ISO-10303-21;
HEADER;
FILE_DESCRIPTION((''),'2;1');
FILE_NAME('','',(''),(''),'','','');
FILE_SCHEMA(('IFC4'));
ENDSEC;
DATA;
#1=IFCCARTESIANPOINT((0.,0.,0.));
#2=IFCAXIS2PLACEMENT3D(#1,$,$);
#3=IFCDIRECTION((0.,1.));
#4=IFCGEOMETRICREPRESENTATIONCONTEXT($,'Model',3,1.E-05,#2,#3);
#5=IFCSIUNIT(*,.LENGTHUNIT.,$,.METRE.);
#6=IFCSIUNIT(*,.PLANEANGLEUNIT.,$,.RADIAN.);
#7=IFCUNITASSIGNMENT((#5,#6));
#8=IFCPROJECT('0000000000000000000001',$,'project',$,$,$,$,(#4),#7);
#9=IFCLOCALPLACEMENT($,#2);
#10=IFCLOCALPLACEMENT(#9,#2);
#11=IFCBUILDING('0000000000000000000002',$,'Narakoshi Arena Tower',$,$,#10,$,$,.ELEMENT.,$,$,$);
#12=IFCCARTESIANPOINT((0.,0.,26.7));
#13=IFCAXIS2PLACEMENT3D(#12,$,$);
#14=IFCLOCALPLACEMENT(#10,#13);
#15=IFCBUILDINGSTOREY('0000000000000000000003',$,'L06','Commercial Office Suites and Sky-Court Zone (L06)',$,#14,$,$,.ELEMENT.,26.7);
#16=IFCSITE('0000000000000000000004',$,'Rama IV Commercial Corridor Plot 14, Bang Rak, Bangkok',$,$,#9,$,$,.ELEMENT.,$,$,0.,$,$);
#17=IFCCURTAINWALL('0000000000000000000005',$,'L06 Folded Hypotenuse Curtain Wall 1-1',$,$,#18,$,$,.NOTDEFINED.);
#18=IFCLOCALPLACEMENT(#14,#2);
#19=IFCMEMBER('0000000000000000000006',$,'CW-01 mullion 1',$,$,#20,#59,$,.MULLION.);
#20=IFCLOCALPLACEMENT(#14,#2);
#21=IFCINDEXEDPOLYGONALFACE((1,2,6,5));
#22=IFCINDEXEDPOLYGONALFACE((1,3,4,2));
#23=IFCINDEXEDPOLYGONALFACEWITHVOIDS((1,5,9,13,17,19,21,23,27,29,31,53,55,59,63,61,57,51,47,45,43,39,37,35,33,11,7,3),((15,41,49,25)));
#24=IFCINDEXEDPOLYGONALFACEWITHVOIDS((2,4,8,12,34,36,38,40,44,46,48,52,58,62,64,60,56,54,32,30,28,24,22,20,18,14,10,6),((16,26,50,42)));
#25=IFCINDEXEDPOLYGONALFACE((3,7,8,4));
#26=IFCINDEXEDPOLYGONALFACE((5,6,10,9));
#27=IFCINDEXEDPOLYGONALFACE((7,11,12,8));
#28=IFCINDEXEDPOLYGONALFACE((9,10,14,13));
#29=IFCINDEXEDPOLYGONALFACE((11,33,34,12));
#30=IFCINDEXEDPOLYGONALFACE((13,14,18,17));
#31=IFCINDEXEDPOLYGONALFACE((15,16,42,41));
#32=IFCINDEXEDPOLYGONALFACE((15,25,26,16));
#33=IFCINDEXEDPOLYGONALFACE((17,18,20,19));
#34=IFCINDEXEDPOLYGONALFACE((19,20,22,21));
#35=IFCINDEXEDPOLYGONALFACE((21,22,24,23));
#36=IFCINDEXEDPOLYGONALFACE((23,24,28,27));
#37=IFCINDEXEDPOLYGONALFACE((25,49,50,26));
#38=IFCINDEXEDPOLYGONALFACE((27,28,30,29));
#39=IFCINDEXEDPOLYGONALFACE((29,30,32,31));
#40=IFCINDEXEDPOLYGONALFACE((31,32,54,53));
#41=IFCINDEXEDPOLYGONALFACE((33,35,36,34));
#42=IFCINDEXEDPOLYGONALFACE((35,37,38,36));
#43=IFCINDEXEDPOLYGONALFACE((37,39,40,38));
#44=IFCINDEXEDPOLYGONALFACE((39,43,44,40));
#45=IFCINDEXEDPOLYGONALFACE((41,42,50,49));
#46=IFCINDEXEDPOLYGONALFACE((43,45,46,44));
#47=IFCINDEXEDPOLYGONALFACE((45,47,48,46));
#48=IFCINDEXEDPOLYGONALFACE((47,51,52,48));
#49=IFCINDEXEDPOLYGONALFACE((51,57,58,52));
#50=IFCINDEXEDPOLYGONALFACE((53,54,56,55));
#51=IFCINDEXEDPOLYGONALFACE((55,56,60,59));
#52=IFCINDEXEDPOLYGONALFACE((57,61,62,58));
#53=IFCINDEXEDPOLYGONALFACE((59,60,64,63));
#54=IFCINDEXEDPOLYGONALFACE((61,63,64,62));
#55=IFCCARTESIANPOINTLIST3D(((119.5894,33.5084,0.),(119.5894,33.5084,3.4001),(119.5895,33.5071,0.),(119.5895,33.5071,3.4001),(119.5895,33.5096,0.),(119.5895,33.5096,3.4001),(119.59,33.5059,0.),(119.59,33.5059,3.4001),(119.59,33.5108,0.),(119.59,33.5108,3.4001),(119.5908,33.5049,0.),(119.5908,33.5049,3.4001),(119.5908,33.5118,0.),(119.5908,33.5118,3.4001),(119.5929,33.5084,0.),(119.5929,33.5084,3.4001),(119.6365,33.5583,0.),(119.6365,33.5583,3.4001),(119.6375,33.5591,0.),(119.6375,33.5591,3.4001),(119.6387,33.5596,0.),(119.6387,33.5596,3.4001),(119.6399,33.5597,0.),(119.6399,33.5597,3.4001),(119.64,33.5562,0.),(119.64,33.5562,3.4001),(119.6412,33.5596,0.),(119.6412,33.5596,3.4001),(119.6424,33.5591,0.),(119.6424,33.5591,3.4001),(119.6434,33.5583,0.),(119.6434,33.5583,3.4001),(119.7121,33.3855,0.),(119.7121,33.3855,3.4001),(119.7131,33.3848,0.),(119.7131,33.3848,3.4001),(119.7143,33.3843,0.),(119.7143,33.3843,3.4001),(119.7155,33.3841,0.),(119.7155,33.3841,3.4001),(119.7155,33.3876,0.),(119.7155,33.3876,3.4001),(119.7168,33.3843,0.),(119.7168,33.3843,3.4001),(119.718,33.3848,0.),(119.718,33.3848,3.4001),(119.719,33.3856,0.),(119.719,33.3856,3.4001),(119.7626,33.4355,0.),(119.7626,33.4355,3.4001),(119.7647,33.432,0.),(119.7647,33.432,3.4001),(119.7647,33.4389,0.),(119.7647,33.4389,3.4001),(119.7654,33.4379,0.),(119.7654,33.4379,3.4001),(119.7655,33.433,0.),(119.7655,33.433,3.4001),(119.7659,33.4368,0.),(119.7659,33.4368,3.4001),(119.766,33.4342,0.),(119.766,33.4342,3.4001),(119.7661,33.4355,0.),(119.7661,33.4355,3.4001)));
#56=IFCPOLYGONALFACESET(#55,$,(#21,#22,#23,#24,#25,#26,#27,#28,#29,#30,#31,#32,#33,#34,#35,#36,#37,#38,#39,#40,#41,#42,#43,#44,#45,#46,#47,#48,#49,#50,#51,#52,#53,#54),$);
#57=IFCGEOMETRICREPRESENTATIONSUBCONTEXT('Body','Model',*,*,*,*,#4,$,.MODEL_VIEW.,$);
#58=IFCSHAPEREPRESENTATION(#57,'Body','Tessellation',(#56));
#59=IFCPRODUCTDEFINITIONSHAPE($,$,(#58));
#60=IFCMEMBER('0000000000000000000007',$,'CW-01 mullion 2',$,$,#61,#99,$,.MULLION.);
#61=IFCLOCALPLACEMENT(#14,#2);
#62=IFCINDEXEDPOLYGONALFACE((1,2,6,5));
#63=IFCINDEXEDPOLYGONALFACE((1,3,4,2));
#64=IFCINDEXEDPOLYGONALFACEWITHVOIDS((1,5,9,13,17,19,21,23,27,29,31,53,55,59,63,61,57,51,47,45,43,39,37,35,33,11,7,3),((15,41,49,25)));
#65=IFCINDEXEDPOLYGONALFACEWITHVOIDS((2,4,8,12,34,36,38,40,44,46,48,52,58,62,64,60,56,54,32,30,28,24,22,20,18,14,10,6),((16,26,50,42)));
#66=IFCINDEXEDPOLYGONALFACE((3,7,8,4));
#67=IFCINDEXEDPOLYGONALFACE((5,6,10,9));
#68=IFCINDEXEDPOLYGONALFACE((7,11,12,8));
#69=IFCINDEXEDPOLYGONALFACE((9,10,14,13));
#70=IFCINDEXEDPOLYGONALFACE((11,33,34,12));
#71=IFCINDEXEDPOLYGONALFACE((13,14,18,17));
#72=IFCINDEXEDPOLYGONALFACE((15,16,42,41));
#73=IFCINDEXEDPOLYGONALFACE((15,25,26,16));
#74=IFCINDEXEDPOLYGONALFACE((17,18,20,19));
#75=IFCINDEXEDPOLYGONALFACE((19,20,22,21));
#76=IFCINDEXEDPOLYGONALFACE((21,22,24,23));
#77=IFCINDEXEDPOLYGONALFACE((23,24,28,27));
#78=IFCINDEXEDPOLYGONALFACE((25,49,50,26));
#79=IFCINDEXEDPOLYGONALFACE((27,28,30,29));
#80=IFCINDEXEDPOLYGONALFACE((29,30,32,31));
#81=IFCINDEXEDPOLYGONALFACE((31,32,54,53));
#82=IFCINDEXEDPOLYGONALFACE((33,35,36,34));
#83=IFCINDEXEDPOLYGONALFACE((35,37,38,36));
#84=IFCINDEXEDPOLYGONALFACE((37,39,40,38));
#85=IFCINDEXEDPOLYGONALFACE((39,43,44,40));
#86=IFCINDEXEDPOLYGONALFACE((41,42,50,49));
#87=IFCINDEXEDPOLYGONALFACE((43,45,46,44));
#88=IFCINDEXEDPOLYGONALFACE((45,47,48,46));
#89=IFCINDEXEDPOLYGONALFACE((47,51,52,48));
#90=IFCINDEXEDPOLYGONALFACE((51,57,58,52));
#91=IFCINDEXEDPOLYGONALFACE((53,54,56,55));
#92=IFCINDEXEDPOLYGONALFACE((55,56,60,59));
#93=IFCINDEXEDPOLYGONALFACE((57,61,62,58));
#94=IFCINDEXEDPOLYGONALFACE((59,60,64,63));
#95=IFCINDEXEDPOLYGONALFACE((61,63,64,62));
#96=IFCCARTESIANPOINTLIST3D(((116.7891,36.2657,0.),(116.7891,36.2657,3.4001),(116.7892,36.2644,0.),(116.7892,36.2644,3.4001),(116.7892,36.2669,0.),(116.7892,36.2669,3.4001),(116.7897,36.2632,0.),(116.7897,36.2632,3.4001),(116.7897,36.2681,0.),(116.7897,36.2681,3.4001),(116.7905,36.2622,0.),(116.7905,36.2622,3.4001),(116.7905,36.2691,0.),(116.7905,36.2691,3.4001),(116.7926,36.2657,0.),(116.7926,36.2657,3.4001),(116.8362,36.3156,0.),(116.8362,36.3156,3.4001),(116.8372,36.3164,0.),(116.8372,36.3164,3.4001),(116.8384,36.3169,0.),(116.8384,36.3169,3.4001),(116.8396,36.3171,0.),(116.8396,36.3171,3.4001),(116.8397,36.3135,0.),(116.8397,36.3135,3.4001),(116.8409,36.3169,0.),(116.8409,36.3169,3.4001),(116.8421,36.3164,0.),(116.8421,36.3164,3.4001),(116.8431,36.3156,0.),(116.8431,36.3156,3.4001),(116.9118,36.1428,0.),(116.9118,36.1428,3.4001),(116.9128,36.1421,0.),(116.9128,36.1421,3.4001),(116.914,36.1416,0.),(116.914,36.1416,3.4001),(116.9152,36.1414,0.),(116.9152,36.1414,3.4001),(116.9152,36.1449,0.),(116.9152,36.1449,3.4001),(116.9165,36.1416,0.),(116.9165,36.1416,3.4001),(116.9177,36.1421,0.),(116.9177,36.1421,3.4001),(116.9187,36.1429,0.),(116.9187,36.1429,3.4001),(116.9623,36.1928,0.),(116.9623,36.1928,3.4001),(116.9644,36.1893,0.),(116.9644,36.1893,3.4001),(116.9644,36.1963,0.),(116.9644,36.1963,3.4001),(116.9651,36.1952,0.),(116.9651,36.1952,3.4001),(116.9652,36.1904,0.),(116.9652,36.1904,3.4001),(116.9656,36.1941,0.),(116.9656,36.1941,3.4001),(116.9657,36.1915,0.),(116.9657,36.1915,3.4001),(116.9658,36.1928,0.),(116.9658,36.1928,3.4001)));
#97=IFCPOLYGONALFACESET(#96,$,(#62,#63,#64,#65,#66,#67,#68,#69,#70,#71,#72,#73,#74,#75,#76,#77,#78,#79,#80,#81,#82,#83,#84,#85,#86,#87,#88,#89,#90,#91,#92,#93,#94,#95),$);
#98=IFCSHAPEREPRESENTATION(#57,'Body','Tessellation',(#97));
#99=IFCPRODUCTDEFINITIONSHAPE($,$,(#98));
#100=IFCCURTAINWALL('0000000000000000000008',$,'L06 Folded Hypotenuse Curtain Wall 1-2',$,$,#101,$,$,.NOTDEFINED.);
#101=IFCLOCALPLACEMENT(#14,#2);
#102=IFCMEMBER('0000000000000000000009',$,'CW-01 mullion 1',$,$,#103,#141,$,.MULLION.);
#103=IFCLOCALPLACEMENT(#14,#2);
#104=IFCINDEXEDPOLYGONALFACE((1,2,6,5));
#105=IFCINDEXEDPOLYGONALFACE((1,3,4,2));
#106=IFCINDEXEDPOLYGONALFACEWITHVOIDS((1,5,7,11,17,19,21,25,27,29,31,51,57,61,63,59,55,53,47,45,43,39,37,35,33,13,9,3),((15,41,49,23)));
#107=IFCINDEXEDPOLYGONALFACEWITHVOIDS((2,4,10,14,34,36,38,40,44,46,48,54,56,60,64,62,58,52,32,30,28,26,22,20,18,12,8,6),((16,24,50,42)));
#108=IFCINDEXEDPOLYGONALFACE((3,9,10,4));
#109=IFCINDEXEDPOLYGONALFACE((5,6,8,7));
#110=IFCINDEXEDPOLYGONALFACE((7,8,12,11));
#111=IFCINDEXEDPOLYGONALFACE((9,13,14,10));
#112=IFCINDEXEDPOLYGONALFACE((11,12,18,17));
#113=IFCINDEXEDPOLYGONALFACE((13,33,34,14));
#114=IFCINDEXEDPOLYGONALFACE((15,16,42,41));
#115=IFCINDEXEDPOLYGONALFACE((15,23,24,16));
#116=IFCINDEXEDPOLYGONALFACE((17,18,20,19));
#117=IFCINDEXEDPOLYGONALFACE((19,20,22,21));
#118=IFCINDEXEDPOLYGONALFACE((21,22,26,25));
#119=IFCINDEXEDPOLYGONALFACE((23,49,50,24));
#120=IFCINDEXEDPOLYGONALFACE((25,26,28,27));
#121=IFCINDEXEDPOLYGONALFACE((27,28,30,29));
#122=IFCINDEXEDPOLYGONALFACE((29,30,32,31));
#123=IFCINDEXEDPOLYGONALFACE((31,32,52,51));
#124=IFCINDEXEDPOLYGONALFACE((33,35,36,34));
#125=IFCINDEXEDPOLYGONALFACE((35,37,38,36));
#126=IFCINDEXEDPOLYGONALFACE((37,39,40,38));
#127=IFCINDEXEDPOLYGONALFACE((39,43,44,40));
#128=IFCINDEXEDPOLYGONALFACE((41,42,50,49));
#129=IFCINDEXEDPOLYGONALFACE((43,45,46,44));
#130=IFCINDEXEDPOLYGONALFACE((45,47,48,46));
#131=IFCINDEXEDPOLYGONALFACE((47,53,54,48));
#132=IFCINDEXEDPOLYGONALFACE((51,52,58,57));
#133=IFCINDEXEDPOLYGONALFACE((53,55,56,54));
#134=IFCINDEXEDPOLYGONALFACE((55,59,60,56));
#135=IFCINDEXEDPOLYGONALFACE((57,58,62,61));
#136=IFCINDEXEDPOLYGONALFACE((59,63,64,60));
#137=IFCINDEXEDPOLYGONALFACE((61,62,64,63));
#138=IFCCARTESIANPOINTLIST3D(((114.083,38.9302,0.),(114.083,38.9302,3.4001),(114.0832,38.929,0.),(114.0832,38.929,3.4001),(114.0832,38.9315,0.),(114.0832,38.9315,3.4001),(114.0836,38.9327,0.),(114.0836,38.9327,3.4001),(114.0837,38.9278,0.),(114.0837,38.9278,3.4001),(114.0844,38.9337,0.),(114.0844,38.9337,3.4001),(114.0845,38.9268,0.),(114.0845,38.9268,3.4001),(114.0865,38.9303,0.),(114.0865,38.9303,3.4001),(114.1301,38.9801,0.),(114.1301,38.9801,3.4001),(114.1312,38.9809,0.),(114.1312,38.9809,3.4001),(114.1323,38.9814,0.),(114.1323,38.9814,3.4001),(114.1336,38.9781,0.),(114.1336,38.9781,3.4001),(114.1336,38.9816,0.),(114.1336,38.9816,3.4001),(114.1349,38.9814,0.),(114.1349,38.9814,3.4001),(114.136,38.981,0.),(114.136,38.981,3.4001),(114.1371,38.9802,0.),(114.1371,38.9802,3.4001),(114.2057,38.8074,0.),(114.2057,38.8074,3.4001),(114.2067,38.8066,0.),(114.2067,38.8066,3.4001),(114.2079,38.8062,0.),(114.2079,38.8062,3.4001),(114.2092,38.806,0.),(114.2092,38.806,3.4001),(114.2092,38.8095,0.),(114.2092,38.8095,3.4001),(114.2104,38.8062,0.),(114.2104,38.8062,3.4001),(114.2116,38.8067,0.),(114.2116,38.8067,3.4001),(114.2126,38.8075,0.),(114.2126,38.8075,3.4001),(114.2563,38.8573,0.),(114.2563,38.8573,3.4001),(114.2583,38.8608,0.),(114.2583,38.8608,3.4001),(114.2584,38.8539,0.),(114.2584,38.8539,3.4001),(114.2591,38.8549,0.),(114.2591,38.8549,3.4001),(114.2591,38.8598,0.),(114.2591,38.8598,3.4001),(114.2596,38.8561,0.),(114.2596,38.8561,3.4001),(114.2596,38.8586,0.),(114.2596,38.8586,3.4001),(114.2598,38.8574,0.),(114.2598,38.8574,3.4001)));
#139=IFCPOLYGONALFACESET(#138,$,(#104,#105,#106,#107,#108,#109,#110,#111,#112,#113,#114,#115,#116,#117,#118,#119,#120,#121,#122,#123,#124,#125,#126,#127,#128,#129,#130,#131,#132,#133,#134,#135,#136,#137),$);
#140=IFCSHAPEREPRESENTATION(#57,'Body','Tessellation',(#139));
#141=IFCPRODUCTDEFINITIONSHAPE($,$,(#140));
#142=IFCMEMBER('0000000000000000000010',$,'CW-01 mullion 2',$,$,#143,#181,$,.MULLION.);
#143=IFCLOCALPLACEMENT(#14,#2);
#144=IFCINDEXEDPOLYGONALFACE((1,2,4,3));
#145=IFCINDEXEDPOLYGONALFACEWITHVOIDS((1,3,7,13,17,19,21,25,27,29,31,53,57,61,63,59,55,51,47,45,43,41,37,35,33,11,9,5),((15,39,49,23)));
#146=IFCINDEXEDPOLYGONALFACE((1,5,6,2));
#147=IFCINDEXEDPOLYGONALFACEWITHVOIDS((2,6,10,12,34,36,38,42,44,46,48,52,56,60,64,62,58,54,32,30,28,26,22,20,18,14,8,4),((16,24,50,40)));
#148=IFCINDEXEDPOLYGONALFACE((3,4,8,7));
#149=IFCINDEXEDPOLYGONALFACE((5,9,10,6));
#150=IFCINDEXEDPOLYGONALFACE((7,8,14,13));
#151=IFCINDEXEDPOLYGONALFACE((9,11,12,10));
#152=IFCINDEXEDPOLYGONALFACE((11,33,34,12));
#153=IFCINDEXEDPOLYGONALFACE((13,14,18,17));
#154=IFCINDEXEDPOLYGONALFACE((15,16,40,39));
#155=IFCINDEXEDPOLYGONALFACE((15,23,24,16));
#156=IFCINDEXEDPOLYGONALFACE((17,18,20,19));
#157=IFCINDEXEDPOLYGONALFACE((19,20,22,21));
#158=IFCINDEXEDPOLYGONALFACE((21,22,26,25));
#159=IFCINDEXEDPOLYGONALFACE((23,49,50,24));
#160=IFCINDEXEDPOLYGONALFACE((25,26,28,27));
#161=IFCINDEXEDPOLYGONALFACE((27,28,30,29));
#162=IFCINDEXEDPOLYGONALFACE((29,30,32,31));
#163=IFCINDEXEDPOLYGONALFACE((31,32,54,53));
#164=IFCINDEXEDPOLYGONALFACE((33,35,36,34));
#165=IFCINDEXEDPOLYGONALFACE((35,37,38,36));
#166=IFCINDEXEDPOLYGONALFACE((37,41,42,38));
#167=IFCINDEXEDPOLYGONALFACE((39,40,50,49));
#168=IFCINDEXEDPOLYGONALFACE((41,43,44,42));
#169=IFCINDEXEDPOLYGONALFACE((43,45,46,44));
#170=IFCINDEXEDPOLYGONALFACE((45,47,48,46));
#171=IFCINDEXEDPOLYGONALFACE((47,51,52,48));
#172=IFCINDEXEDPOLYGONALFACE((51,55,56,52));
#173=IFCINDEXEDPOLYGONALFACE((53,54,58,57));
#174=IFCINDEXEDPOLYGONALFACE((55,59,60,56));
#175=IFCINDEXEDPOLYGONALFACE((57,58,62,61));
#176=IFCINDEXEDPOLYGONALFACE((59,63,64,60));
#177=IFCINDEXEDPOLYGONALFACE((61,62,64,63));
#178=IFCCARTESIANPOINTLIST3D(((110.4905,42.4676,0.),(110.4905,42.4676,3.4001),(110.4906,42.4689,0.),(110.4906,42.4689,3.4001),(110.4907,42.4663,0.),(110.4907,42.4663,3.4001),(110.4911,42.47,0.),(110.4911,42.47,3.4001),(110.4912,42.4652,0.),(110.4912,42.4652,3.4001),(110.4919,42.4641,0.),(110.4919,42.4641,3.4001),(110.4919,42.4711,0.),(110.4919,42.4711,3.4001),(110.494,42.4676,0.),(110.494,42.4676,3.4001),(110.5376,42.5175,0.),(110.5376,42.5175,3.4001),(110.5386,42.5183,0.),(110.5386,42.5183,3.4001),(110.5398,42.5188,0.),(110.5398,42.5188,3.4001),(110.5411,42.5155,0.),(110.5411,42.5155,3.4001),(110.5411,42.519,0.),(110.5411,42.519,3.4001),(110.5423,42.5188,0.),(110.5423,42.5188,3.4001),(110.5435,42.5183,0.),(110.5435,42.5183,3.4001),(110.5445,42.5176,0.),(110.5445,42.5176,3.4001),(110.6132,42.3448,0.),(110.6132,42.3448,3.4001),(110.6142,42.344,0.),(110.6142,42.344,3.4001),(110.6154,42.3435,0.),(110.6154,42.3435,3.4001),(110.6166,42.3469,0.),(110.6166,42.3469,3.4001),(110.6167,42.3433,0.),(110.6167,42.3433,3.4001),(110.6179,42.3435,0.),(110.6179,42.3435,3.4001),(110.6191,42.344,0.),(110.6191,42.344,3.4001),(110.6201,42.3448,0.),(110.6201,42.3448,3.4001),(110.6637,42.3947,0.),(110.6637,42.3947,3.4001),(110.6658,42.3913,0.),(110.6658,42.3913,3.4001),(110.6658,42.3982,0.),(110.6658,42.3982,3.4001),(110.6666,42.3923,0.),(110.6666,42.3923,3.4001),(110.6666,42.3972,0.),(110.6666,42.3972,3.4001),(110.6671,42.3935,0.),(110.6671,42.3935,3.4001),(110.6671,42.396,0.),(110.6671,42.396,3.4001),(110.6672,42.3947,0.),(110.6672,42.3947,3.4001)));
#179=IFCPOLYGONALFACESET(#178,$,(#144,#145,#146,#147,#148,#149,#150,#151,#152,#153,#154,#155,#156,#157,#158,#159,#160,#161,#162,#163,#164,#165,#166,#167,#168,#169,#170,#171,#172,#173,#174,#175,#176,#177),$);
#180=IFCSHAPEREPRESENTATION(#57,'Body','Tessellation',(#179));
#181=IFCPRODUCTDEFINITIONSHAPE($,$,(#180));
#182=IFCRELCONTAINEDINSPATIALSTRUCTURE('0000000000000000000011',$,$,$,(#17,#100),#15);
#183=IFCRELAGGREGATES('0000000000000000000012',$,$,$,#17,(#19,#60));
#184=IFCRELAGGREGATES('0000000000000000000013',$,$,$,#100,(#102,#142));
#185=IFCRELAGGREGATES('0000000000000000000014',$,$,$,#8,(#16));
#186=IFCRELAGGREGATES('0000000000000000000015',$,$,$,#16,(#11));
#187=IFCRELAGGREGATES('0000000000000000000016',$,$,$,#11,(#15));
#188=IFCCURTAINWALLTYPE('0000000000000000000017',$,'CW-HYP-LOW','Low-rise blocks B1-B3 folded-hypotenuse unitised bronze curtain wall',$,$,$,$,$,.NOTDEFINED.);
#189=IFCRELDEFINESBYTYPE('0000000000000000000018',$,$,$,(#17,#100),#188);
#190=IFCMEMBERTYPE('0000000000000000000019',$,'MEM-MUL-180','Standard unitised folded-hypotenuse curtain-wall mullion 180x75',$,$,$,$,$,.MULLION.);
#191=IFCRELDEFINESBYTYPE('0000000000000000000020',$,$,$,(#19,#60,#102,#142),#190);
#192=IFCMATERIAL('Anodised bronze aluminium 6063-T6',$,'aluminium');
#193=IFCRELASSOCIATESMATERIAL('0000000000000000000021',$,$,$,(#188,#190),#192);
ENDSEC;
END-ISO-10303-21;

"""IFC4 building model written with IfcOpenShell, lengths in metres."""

from ifc_helpers import new_model, si_unit, direction, frame, origin, origin_2d, place, context, subcontext, project, spatial, hollow_rectangle, extrude, material, material_profile, profile_set, type_object, element, aggregate, save


model = new_model("IFC4")

# Units and contexts
model_context = context("Model", 3, precision=1e-05, world=origin(), true_north=direction((0.0, 1.0)))
body_context = subcontext(model_context, "Body", "Model", "MODEL_VIEW")
ifc_project = project(units=[si_unit("LENGTHUNIT", "METRE"), si_unit("PLANEANGLEUNIT", "RADIAN")], contexts=[model_context])

# Site, building, storey
site_placement = place(None, origin())
site = spatial("IfcSite", under=ifc_project, at=site_placement, Name="Rama IV Commercial Corridor Plot 14, Bang Rak, Bangkok", CompositionType="ELEMENT", RefElevation=0.0)
building_placement = place(site_placement, origin())
building = spatial("IfcBuilding", under=site, at=building_placement, Name="Narakoshi Arena Tower", CompositionType="ELEMENT")
storey_placement = place(building_placement, frame((0.0, 0.0, 26.7)))
storey = spatial("IfcBuildingStorey", under=building, at=storey_placement, Name="L06", Description="Commercial Office Suites and Sky-Court Zone (L06)", CompositionType="ELEMENT", Elevation=26.7)

# Curtain walls, members
ifc_material_1 = material(Name="Anodised bronze aluminium 6063-T6", Category="aluminium")
curtain_wall_type = type_object("IfcCurtainWallType", Name="CW-HYP-LOW", Description="Low-rise blocks B1-B3 folded-hypotenuse unitised bronze curtain wall", PredefinedType="NOTDEFINED", material=ifc_material_1)
curtain_wall_1_placement = place(storey_placement, origin())
curtain_wall_1 = element("IfcCurtainWall", 1, at=curtain_wall_1_placement, inside=storey, type_object=curtain_wall_type, Name="L06 Folded Hypotenuse Curtain Wall 1-1", PredefinedType="NOTDEFINED")
ifc_material_profile_1 = material_profile(ifc_material_1, hollow_rectangle(XDim=0.075, YDim=0.1799, WallThickness=0.0039, OuterFilletRadius=0.0049, at=origin_2d()), Name="MUL180x75x4")
ifc_profile_set_1 = profile_set([ifc_material_profile_1], Name="Anodised bronze aluminium 6063-T6")
member_type_1 = type_object("IfcMemberType", Name="MEM-MUL-180", Description="Standard unitised folded-hypotenuse curtain-wall mullion 180x75", PredefinedType="MULLION", material=ifc_profile_set_1)
member_1_placement = place(storey_placement, frame((119.6777, 33.4719, 0.0), z_axis=(0.0, 0.0, 1.0), x_axis=(-0.70163, -0.712541, 0.0)))
member_1 = element("IfcMember", 2, at=member_1_placement, type_object=member_type_1, Name="CW-01 mullion 1", PredefinedType="MULLION", context=body_context, shape_type="SweptSolid", body=[
    extrude(hollow_rectangle(XDim=0.075, YDim=0.1799, WallThickness=0.0039, OuterFilletRadius=0.0049, at=origin_2d()), origin(), (0.0, 0.0, 1.0), 3.4001),
])
member_2_placement = place(storey_placement, frame((116.8774, 36.2292, 0.0), z_axis=(0.0, 0.0, 1.0), x_axis=(-0.70163, -0.712541, 0.0)))
member_2 = element("IfcMember", 3, at=member_2_placement, type_object=member_type_1, Name="CW-01 mullion 2", PredefinedType="MULLION", context=body_context, shape_type="SweptSolid", body=[
    extrude(hollow_rectangle(XDim=0.075, YDim=0.1799, WallThickness=0.0039, OuterFilletRadius=0.0049, at=origin_2d()), origin(), (0.0, 0.0, 1.0), 3.4001),
])
curtain_wall_2_placement = place(storey_placement, origin())
curtain_wall_2 = element("IfcCurtainWall", 4, at=curtain_wall_2_placement, inside=storey, type_object=curtain_wall_type, Name="L06 Folded Hypotenuse Curtain Wall 1-2", PredefinedType="NOTDEFINED")
member_3_placement = place(storey_placement, frame((114.1714, 38.8938, 0.0), z_axis=(0.0, 0.0, 1.0), x_axis=(-0.701623, -0.712548, 0.0)))
member_3 = element("IfcMember", 5, at=member_3_placement, type_object=member_type_1, Name="CW-01 mullion 1", PredefinedType="MULLION", context=body_context, shape_type="SweptSolid", body=[
    extrude(hollow_rectangle(XDim=0.075, YDim=0.1799, WallThickness=0.0039, OuterFilletRadius=0.0049, at=origin_2d()), origin(), (0.0, 0.0, 1.0), 3.4001),
])
member_4_placement = place(storey_placement, frame((110.5789, 42.4312, 0.0), z_axis=(0.0, 0.0, 1.0), x_axis=(-0.701623, -0.712548, 0.0)))
member_4 = element("IfcMember", 6, at=member_4_placement, type_object=member_type_1, Name="CW-01 mullion 2", PredefinedType="MULLION", context=body_context, shape_type="SweptSolid", body=[
    extrude(hollow_rectangle(XDim=0.075, YDim=0.1799, WallThickness=0.0039, OuterFilletRadius=0.0049, at=origin_2d()), origin(), (0.0, 0.0, 1.0), 3.4001),
])

aggregate(curtain_wall_1, [member_1, member_2])
aggregate(curtain_wall_2, [member_3, member_4])

save(model, "model.ifc")
